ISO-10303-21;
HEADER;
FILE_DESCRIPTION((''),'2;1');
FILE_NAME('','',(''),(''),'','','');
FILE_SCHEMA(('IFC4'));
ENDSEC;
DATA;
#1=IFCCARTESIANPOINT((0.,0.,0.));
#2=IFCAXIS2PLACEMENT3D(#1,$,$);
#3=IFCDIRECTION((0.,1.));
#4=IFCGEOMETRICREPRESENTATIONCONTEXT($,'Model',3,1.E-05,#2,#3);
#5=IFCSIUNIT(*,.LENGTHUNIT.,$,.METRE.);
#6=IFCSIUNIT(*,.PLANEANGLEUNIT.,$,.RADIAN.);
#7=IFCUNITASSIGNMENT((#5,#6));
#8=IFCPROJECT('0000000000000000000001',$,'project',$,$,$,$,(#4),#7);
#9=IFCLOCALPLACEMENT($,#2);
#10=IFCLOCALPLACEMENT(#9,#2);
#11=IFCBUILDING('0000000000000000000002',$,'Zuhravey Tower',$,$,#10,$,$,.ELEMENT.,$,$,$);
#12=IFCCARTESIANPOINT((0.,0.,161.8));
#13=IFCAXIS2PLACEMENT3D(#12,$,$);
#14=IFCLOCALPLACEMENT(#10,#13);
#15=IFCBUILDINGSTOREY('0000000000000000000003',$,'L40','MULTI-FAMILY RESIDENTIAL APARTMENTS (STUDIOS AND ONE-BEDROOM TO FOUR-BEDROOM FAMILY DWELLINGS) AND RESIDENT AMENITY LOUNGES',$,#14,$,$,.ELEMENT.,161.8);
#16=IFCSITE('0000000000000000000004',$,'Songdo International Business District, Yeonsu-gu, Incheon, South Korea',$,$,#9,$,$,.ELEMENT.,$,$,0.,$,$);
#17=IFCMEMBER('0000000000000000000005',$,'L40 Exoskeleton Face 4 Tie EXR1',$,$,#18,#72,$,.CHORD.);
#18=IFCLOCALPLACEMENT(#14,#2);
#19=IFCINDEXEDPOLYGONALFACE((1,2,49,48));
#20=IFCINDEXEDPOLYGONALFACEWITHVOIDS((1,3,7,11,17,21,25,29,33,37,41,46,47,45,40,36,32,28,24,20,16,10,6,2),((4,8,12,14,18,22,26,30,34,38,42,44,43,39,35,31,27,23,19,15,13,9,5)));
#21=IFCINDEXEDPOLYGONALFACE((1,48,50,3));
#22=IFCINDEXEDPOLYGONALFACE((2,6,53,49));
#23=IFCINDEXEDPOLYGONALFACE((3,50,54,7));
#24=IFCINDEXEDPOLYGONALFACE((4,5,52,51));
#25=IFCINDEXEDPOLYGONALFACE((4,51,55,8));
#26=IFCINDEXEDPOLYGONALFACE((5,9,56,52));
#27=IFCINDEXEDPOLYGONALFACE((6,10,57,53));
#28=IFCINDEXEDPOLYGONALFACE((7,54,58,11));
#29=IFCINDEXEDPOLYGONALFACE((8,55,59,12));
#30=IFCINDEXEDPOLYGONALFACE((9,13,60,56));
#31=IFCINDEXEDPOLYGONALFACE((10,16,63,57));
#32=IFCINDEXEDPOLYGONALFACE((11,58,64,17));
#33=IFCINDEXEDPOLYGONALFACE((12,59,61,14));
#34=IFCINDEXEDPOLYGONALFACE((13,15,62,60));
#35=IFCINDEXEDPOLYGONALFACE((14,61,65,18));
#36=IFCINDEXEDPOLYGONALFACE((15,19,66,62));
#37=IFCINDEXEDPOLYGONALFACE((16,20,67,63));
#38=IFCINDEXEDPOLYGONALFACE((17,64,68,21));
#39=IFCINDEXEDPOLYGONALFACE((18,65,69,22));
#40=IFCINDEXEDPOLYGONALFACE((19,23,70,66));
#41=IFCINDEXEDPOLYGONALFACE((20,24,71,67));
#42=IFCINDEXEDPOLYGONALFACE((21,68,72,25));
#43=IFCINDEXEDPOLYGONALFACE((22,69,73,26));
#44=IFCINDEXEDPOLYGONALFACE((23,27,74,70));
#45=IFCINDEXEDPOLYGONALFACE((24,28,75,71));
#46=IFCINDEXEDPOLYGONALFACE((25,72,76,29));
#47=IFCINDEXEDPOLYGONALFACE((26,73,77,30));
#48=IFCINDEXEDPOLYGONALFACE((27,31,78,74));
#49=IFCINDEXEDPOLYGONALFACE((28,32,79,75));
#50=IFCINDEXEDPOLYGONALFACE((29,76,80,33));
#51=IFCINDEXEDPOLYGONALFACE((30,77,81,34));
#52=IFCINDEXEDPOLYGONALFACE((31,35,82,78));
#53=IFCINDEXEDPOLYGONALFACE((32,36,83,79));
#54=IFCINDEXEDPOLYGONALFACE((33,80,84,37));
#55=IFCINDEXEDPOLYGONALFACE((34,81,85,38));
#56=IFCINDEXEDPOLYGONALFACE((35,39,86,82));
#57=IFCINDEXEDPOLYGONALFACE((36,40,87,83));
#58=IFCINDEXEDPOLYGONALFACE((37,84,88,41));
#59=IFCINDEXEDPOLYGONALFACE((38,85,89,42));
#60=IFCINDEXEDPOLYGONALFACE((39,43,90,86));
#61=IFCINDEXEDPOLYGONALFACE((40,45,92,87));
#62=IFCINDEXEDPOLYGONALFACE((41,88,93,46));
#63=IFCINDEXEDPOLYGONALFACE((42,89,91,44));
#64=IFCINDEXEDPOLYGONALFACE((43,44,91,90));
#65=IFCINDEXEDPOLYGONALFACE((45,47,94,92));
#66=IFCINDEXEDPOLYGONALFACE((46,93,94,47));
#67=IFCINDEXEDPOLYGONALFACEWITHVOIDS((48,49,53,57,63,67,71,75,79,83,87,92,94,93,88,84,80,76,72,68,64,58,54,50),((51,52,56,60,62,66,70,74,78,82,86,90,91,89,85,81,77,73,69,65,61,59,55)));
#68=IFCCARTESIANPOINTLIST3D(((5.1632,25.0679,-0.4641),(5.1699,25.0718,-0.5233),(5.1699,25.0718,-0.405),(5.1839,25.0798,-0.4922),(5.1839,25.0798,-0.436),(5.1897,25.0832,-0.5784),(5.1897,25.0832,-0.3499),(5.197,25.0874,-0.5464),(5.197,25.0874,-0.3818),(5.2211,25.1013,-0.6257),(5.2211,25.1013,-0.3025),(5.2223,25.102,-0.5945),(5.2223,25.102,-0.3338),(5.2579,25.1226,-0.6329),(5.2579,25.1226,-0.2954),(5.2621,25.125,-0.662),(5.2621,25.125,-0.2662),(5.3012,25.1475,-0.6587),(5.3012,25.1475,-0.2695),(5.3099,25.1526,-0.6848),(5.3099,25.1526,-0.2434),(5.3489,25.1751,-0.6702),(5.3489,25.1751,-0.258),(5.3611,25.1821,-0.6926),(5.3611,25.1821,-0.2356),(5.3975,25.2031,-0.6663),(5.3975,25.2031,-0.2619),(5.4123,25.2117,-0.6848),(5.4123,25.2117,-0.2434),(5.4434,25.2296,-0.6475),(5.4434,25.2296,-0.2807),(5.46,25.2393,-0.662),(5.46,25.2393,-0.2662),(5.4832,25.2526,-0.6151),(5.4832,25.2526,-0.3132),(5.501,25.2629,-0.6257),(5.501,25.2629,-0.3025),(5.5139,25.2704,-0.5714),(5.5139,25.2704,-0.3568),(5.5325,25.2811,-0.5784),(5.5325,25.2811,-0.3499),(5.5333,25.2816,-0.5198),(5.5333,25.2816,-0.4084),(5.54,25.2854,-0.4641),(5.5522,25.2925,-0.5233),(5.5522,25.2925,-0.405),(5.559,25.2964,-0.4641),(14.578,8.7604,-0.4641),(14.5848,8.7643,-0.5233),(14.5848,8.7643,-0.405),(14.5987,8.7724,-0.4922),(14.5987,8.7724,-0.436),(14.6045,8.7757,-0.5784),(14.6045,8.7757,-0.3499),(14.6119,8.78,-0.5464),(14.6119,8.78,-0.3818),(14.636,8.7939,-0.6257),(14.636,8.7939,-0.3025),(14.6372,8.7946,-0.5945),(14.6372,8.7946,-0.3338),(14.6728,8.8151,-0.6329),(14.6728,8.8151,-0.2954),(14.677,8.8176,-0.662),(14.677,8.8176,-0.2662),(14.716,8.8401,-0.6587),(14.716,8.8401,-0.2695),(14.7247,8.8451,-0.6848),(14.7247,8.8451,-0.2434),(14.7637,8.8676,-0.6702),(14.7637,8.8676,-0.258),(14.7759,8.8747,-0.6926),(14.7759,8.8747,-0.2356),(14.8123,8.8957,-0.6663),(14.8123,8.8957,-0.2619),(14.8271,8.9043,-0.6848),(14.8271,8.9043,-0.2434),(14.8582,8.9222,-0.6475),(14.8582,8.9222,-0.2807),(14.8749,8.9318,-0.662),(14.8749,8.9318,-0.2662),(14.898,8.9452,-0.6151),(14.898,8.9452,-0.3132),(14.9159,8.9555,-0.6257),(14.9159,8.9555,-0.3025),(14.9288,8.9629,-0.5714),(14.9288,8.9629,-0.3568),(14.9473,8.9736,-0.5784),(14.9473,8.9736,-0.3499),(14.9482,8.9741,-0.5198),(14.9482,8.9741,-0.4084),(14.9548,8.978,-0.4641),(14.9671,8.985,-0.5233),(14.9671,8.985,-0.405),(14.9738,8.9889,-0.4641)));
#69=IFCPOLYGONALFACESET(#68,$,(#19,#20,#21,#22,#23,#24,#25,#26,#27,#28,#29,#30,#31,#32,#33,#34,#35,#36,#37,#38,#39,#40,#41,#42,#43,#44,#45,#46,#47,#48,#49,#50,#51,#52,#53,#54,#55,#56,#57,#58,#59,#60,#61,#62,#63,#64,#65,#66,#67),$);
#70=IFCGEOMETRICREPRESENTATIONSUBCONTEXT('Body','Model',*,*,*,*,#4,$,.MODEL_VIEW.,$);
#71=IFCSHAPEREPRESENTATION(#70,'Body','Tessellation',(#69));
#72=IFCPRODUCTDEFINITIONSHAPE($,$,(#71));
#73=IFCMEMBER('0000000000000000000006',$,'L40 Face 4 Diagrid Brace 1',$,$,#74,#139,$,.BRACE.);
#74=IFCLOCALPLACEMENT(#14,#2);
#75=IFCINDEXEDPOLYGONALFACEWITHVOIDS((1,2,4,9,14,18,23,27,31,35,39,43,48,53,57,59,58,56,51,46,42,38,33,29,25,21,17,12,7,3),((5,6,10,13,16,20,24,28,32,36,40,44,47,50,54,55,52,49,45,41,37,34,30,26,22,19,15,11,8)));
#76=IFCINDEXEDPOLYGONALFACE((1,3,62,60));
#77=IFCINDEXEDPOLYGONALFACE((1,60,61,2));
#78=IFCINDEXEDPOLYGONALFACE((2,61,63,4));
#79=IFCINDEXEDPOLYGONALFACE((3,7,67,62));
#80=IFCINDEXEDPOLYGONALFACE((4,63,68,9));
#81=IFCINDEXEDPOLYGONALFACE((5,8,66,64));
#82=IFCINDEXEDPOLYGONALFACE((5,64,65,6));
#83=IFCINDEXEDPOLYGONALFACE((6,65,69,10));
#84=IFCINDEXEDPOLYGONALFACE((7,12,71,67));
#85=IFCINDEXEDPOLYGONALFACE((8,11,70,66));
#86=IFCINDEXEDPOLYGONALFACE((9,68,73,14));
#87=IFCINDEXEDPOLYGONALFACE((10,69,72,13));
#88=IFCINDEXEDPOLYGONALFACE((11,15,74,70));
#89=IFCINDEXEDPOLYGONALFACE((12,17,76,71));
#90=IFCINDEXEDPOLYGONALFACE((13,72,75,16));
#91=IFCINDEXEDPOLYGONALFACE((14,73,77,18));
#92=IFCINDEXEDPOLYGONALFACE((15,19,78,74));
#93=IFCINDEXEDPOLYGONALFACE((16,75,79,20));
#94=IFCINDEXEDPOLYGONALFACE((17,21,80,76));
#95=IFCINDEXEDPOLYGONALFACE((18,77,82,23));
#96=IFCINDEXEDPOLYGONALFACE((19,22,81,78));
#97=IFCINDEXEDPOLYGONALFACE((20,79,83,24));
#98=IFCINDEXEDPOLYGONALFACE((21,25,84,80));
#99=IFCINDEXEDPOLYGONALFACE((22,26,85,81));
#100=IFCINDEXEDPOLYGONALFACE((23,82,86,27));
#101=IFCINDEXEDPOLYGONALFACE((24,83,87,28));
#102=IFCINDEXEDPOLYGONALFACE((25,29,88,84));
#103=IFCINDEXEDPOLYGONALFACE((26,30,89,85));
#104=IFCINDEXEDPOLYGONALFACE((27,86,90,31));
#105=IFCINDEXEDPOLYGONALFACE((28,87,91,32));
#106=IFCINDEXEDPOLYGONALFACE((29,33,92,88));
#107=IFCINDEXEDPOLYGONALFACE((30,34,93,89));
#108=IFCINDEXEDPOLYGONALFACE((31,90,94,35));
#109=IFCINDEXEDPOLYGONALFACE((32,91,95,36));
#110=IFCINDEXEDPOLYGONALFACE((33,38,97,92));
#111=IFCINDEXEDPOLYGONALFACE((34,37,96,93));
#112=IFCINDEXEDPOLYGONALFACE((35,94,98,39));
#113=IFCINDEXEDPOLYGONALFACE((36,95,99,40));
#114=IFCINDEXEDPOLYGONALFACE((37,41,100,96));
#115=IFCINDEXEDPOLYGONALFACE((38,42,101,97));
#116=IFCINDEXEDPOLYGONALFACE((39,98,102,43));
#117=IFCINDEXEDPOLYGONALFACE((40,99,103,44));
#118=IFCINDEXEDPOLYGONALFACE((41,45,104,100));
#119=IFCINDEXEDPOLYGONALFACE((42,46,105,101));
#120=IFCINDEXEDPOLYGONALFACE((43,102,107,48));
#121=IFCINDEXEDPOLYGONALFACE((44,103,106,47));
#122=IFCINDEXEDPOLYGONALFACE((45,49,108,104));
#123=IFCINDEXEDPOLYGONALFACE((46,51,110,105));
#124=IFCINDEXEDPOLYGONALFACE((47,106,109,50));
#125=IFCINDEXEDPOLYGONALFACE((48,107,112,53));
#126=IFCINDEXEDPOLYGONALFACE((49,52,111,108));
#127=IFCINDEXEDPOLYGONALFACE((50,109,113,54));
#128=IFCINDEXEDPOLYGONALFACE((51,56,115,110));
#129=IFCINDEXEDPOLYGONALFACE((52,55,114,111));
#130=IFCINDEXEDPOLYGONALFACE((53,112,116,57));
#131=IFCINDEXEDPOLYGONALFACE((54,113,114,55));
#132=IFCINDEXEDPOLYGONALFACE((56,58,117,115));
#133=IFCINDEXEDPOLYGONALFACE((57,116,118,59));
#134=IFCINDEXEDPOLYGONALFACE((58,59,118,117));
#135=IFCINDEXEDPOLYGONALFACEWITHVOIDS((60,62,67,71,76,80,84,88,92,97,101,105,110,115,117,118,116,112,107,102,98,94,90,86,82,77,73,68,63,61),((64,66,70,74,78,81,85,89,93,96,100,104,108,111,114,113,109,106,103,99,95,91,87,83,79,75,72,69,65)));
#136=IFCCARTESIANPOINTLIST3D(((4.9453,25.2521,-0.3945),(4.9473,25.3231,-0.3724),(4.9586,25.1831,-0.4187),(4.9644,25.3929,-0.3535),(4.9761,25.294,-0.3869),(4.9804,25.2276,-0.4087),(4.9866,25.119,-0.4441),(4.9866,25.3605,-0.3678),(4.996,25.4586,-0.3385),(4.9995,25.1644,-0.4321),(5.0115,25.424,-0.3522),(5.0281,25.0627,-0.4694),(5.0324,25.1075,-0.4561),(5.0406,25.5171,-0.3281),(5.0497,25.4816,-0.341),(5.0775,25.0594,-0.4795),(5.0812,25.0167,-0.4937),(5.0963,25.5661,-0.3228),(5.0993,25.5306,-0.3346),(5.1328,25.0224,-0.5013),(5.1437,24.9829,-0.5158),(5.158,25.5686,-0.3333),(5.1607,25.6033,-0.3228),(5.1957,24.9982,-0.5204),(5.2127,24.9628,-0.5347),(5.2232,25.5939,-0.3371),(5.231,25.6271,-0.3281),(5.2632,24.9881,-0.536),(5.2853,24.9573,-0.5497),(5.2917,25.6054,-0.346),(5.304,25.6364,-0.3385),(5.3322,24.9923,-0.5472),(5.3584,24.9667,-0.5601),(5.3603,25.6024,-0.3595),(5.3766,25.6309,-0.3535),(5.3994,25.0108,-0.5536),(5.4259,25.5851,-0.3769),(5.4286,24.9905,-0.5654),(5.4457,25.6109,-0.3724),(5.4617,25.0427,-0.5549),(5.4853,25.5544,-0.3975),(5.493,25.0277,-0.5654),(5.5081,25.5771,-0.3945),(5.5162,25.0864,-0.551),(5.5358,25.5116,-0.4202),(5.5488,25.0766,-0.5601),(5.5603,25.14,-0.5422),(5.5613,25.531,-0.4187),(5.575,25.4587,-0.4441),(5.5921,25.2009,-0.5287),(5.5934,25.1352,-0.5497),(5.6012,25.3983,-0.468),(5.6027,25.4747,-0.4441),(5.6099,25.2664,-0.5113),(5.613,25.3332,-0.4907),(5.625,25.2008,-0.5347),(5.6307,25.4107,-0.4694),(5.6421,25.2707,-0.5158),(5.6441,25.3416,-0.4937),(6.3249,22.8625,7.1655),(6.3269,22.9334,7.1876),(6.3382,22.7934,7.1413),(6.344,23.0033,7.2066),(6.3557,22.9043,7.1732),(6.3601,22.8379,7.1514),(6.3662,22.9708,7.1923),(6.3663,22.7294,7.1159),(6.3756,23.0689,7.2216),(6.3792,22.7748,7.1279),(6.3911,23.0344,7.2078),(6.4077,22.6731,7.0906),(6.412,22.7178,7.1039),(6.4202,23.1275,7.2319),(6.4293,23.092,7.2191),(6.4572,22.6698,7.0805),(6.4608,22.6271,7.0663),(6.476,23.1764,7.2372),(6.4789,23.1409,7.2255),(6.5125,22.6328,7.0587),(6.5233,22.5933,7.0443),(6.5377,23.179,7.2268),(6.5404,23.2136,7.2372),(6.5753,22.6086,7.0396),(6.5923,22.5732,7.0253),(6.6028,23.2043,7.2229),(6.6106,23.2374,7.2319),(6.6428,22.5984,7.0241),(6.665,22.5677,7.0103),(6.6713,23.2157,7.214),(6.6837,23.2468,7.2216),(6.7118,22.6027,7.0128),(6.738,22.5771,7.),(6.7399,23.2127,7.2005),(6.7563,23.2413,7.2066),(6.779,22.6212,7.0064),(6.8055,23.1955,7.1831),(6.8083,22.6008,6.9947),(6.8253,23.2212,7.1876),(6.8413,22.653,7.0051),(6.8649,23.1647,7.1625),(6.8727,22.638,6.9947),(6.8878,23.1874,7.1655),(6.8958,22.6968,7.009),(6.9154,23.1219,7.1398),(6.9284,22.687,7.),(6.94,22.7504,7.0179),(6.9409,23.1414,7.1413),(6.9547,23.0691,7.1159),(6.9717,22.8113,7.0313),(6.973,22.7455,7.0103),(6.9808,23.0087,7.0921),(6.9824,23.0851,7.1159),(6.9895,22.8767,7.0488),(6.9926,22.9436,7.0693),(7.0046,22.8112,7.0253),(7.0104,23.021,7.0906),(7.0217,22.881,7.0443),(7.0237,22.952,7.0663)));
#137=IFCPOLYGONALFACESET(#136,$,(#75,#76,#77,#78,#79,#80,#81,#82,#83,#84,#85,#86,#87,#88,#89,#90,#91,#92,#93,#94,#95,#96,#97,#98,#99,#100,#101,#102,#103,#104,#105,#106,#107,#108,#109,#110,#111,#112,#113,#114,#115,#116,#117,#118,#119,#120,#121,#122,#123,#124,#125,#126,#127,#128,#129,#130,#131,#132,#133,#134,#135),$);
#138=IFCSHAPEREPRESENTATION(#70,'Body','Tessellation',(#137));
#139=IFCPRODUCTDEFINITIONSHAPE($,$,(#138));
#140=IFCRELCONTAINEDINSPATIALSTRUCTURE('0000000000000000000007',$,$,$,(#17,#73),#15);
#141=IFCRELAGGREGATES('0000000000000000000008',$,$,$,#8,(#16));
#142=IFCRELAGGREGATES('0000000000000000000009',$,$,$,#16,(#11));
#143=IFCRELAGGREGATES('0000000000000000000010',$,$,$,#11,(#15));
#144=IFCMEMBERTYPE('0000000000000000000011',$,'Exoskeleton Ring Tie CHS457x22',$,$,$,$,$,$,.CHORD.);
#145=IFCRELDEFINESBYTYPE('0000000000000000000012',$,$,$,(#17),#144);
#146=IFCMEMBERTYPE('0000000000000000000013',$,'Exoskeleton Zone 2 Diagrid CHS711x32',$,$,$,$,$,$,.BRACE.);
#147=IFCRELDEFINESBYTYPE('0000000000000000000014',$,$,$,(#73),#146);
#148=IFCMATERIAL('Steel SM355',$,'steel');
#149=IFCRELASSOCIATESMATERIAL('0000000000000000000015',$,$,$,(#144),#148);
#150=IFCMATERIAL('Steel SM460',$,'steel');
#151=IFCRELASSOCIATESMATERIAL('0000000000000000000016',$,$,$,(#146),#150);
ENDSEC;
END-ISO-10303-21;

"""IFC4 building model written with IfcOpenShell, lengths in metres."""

from ifc_helpers import new_model, si_unit, direction, frame, origin, origin_2d, place, context, subcontext, project, spatial, hollow_circle, extrude, material, material_profile, profile_set, type_object, element, save


model = new_model("IFC4")

# Units and contexts
model_context = context("Model", 3, precision=1e-05, world=origin(), true_north=direction((0.0, 1.0)))
body_context = subcontext(model_context, "Body", "Model", "MODEL_VIEW")
ifc_project = project(units=[si_unit("LENGTHUNIT", "METRE"), si_unit("PLANEANGLEUNIT", "RADIAN")], contexts=[model_context])

# Site, building, storey
site_placement = place(None, origin())
site = spatial("IfcSite", under=ifc_project, at=site_placement, Name="Songdo International Business District, Yeonsu-gu, Incheon, South Korea", CompositionType="ELEMENT", RefElevation=0.0)
building_placement = place(site_placement, origin())
building = spatial("IfcBuilding", under=site, at=building_placement, Name="Zuhravey Tower", CompositionType="ELEMENT")
storey_placement = place(building_placement, frame((0.0, 0.0, 161.8)))
storey = spatial("IfcBuildingStorey", under=building, at=storey_placement, Name="L40", Description="MULTI-FAMILY RESIDENTIAL APARTMENTS (STUDIOS AND ONE-BEDROOM TO FOUR-BEDROOM FAMILY DWELLINGS) AND RESIDENT AMENITY LOUNGES", CompositionType="ELEMENT", Elevation=161.8)

# Members
ifc_material_1 = material(Name="Steel SM355", Category="steel")
ifc_material_profile_1 = material_profile(ifc_material_1, hollow_circle(Radius=0.2285, WallThickness=0.022, at=origin_2d()), Name="CHS-457.2x22")
ifc_profile_set_1 = profile_set([ifc_material_profile_1], Name="Steel SM355")
member_type_1 = type_object("IfcMemberType", Name="Exoskeleton Ring Tie CHS457x22", PredefinedType="CHORD", material=ifc_profile_set_1)
member_1_placement = place(storey_placement, frame((5.3611, 25.1821, -0.4641), z_axis=(0.499989, -0.866032, 0.0), x_axis=(0.866032, 0.499989, 0.0)))
element("IfcMember", 1, at=member_1_placement, inside=storey, type_object=member_type_1, Name="L40 Exoskeleton Face 4 Tie EXR1", PredefinedType="CHORD", context=body_context, shape_type="SweptSolid", body=[
    extrude(hollow_circle(Radius=0.2285, WallThickness=0.022, at=origin_2d()), origin(), (0.0, 0.0, 1.0), 18.8301),
])
ifc_material_2 = material(Name="Steel SM460", Category="steel")
ifc_material_profile_2 = material_profile(ifc_material_2, hollow_circle(Radius=0.3557, WallThickness=0.032, at=origin_2d()), Name="CHS-711.2x32")
ifc_profile_set_2 = profile_set([ifc_material_profile_2], Name="Steel SM460")
member_type_2 = type_object("IfcMemberType", Name="Exoskeleton Zone 2 Diagrid CHS711x32", PredefinedType="BRACE", material=ifc_profile_set_2)
member_2_placement = place(storey_placement, frame((5.2947, 25.2969, -0.4441), z_axis=(0.171429, -0.296929, 0.939386), x_axis=(0.866029, 0.499993, 0.0)))
element("IfcMember", 2, at=member_2_placement, inside=storey, type_object=member_type_2, Name="L40 Face 4 Diagrid Brace 1", PredefinedType="BRACE", context=body_context, shape_type="SweptSolid", body=[
    extrude(hollow_circle(Radius=0.3557, WallThickness=0.032, at=origin_2d()), origin(), (0.0, 0.0, 1.0), 8.0479),
])

save(model, "model.ifc")
